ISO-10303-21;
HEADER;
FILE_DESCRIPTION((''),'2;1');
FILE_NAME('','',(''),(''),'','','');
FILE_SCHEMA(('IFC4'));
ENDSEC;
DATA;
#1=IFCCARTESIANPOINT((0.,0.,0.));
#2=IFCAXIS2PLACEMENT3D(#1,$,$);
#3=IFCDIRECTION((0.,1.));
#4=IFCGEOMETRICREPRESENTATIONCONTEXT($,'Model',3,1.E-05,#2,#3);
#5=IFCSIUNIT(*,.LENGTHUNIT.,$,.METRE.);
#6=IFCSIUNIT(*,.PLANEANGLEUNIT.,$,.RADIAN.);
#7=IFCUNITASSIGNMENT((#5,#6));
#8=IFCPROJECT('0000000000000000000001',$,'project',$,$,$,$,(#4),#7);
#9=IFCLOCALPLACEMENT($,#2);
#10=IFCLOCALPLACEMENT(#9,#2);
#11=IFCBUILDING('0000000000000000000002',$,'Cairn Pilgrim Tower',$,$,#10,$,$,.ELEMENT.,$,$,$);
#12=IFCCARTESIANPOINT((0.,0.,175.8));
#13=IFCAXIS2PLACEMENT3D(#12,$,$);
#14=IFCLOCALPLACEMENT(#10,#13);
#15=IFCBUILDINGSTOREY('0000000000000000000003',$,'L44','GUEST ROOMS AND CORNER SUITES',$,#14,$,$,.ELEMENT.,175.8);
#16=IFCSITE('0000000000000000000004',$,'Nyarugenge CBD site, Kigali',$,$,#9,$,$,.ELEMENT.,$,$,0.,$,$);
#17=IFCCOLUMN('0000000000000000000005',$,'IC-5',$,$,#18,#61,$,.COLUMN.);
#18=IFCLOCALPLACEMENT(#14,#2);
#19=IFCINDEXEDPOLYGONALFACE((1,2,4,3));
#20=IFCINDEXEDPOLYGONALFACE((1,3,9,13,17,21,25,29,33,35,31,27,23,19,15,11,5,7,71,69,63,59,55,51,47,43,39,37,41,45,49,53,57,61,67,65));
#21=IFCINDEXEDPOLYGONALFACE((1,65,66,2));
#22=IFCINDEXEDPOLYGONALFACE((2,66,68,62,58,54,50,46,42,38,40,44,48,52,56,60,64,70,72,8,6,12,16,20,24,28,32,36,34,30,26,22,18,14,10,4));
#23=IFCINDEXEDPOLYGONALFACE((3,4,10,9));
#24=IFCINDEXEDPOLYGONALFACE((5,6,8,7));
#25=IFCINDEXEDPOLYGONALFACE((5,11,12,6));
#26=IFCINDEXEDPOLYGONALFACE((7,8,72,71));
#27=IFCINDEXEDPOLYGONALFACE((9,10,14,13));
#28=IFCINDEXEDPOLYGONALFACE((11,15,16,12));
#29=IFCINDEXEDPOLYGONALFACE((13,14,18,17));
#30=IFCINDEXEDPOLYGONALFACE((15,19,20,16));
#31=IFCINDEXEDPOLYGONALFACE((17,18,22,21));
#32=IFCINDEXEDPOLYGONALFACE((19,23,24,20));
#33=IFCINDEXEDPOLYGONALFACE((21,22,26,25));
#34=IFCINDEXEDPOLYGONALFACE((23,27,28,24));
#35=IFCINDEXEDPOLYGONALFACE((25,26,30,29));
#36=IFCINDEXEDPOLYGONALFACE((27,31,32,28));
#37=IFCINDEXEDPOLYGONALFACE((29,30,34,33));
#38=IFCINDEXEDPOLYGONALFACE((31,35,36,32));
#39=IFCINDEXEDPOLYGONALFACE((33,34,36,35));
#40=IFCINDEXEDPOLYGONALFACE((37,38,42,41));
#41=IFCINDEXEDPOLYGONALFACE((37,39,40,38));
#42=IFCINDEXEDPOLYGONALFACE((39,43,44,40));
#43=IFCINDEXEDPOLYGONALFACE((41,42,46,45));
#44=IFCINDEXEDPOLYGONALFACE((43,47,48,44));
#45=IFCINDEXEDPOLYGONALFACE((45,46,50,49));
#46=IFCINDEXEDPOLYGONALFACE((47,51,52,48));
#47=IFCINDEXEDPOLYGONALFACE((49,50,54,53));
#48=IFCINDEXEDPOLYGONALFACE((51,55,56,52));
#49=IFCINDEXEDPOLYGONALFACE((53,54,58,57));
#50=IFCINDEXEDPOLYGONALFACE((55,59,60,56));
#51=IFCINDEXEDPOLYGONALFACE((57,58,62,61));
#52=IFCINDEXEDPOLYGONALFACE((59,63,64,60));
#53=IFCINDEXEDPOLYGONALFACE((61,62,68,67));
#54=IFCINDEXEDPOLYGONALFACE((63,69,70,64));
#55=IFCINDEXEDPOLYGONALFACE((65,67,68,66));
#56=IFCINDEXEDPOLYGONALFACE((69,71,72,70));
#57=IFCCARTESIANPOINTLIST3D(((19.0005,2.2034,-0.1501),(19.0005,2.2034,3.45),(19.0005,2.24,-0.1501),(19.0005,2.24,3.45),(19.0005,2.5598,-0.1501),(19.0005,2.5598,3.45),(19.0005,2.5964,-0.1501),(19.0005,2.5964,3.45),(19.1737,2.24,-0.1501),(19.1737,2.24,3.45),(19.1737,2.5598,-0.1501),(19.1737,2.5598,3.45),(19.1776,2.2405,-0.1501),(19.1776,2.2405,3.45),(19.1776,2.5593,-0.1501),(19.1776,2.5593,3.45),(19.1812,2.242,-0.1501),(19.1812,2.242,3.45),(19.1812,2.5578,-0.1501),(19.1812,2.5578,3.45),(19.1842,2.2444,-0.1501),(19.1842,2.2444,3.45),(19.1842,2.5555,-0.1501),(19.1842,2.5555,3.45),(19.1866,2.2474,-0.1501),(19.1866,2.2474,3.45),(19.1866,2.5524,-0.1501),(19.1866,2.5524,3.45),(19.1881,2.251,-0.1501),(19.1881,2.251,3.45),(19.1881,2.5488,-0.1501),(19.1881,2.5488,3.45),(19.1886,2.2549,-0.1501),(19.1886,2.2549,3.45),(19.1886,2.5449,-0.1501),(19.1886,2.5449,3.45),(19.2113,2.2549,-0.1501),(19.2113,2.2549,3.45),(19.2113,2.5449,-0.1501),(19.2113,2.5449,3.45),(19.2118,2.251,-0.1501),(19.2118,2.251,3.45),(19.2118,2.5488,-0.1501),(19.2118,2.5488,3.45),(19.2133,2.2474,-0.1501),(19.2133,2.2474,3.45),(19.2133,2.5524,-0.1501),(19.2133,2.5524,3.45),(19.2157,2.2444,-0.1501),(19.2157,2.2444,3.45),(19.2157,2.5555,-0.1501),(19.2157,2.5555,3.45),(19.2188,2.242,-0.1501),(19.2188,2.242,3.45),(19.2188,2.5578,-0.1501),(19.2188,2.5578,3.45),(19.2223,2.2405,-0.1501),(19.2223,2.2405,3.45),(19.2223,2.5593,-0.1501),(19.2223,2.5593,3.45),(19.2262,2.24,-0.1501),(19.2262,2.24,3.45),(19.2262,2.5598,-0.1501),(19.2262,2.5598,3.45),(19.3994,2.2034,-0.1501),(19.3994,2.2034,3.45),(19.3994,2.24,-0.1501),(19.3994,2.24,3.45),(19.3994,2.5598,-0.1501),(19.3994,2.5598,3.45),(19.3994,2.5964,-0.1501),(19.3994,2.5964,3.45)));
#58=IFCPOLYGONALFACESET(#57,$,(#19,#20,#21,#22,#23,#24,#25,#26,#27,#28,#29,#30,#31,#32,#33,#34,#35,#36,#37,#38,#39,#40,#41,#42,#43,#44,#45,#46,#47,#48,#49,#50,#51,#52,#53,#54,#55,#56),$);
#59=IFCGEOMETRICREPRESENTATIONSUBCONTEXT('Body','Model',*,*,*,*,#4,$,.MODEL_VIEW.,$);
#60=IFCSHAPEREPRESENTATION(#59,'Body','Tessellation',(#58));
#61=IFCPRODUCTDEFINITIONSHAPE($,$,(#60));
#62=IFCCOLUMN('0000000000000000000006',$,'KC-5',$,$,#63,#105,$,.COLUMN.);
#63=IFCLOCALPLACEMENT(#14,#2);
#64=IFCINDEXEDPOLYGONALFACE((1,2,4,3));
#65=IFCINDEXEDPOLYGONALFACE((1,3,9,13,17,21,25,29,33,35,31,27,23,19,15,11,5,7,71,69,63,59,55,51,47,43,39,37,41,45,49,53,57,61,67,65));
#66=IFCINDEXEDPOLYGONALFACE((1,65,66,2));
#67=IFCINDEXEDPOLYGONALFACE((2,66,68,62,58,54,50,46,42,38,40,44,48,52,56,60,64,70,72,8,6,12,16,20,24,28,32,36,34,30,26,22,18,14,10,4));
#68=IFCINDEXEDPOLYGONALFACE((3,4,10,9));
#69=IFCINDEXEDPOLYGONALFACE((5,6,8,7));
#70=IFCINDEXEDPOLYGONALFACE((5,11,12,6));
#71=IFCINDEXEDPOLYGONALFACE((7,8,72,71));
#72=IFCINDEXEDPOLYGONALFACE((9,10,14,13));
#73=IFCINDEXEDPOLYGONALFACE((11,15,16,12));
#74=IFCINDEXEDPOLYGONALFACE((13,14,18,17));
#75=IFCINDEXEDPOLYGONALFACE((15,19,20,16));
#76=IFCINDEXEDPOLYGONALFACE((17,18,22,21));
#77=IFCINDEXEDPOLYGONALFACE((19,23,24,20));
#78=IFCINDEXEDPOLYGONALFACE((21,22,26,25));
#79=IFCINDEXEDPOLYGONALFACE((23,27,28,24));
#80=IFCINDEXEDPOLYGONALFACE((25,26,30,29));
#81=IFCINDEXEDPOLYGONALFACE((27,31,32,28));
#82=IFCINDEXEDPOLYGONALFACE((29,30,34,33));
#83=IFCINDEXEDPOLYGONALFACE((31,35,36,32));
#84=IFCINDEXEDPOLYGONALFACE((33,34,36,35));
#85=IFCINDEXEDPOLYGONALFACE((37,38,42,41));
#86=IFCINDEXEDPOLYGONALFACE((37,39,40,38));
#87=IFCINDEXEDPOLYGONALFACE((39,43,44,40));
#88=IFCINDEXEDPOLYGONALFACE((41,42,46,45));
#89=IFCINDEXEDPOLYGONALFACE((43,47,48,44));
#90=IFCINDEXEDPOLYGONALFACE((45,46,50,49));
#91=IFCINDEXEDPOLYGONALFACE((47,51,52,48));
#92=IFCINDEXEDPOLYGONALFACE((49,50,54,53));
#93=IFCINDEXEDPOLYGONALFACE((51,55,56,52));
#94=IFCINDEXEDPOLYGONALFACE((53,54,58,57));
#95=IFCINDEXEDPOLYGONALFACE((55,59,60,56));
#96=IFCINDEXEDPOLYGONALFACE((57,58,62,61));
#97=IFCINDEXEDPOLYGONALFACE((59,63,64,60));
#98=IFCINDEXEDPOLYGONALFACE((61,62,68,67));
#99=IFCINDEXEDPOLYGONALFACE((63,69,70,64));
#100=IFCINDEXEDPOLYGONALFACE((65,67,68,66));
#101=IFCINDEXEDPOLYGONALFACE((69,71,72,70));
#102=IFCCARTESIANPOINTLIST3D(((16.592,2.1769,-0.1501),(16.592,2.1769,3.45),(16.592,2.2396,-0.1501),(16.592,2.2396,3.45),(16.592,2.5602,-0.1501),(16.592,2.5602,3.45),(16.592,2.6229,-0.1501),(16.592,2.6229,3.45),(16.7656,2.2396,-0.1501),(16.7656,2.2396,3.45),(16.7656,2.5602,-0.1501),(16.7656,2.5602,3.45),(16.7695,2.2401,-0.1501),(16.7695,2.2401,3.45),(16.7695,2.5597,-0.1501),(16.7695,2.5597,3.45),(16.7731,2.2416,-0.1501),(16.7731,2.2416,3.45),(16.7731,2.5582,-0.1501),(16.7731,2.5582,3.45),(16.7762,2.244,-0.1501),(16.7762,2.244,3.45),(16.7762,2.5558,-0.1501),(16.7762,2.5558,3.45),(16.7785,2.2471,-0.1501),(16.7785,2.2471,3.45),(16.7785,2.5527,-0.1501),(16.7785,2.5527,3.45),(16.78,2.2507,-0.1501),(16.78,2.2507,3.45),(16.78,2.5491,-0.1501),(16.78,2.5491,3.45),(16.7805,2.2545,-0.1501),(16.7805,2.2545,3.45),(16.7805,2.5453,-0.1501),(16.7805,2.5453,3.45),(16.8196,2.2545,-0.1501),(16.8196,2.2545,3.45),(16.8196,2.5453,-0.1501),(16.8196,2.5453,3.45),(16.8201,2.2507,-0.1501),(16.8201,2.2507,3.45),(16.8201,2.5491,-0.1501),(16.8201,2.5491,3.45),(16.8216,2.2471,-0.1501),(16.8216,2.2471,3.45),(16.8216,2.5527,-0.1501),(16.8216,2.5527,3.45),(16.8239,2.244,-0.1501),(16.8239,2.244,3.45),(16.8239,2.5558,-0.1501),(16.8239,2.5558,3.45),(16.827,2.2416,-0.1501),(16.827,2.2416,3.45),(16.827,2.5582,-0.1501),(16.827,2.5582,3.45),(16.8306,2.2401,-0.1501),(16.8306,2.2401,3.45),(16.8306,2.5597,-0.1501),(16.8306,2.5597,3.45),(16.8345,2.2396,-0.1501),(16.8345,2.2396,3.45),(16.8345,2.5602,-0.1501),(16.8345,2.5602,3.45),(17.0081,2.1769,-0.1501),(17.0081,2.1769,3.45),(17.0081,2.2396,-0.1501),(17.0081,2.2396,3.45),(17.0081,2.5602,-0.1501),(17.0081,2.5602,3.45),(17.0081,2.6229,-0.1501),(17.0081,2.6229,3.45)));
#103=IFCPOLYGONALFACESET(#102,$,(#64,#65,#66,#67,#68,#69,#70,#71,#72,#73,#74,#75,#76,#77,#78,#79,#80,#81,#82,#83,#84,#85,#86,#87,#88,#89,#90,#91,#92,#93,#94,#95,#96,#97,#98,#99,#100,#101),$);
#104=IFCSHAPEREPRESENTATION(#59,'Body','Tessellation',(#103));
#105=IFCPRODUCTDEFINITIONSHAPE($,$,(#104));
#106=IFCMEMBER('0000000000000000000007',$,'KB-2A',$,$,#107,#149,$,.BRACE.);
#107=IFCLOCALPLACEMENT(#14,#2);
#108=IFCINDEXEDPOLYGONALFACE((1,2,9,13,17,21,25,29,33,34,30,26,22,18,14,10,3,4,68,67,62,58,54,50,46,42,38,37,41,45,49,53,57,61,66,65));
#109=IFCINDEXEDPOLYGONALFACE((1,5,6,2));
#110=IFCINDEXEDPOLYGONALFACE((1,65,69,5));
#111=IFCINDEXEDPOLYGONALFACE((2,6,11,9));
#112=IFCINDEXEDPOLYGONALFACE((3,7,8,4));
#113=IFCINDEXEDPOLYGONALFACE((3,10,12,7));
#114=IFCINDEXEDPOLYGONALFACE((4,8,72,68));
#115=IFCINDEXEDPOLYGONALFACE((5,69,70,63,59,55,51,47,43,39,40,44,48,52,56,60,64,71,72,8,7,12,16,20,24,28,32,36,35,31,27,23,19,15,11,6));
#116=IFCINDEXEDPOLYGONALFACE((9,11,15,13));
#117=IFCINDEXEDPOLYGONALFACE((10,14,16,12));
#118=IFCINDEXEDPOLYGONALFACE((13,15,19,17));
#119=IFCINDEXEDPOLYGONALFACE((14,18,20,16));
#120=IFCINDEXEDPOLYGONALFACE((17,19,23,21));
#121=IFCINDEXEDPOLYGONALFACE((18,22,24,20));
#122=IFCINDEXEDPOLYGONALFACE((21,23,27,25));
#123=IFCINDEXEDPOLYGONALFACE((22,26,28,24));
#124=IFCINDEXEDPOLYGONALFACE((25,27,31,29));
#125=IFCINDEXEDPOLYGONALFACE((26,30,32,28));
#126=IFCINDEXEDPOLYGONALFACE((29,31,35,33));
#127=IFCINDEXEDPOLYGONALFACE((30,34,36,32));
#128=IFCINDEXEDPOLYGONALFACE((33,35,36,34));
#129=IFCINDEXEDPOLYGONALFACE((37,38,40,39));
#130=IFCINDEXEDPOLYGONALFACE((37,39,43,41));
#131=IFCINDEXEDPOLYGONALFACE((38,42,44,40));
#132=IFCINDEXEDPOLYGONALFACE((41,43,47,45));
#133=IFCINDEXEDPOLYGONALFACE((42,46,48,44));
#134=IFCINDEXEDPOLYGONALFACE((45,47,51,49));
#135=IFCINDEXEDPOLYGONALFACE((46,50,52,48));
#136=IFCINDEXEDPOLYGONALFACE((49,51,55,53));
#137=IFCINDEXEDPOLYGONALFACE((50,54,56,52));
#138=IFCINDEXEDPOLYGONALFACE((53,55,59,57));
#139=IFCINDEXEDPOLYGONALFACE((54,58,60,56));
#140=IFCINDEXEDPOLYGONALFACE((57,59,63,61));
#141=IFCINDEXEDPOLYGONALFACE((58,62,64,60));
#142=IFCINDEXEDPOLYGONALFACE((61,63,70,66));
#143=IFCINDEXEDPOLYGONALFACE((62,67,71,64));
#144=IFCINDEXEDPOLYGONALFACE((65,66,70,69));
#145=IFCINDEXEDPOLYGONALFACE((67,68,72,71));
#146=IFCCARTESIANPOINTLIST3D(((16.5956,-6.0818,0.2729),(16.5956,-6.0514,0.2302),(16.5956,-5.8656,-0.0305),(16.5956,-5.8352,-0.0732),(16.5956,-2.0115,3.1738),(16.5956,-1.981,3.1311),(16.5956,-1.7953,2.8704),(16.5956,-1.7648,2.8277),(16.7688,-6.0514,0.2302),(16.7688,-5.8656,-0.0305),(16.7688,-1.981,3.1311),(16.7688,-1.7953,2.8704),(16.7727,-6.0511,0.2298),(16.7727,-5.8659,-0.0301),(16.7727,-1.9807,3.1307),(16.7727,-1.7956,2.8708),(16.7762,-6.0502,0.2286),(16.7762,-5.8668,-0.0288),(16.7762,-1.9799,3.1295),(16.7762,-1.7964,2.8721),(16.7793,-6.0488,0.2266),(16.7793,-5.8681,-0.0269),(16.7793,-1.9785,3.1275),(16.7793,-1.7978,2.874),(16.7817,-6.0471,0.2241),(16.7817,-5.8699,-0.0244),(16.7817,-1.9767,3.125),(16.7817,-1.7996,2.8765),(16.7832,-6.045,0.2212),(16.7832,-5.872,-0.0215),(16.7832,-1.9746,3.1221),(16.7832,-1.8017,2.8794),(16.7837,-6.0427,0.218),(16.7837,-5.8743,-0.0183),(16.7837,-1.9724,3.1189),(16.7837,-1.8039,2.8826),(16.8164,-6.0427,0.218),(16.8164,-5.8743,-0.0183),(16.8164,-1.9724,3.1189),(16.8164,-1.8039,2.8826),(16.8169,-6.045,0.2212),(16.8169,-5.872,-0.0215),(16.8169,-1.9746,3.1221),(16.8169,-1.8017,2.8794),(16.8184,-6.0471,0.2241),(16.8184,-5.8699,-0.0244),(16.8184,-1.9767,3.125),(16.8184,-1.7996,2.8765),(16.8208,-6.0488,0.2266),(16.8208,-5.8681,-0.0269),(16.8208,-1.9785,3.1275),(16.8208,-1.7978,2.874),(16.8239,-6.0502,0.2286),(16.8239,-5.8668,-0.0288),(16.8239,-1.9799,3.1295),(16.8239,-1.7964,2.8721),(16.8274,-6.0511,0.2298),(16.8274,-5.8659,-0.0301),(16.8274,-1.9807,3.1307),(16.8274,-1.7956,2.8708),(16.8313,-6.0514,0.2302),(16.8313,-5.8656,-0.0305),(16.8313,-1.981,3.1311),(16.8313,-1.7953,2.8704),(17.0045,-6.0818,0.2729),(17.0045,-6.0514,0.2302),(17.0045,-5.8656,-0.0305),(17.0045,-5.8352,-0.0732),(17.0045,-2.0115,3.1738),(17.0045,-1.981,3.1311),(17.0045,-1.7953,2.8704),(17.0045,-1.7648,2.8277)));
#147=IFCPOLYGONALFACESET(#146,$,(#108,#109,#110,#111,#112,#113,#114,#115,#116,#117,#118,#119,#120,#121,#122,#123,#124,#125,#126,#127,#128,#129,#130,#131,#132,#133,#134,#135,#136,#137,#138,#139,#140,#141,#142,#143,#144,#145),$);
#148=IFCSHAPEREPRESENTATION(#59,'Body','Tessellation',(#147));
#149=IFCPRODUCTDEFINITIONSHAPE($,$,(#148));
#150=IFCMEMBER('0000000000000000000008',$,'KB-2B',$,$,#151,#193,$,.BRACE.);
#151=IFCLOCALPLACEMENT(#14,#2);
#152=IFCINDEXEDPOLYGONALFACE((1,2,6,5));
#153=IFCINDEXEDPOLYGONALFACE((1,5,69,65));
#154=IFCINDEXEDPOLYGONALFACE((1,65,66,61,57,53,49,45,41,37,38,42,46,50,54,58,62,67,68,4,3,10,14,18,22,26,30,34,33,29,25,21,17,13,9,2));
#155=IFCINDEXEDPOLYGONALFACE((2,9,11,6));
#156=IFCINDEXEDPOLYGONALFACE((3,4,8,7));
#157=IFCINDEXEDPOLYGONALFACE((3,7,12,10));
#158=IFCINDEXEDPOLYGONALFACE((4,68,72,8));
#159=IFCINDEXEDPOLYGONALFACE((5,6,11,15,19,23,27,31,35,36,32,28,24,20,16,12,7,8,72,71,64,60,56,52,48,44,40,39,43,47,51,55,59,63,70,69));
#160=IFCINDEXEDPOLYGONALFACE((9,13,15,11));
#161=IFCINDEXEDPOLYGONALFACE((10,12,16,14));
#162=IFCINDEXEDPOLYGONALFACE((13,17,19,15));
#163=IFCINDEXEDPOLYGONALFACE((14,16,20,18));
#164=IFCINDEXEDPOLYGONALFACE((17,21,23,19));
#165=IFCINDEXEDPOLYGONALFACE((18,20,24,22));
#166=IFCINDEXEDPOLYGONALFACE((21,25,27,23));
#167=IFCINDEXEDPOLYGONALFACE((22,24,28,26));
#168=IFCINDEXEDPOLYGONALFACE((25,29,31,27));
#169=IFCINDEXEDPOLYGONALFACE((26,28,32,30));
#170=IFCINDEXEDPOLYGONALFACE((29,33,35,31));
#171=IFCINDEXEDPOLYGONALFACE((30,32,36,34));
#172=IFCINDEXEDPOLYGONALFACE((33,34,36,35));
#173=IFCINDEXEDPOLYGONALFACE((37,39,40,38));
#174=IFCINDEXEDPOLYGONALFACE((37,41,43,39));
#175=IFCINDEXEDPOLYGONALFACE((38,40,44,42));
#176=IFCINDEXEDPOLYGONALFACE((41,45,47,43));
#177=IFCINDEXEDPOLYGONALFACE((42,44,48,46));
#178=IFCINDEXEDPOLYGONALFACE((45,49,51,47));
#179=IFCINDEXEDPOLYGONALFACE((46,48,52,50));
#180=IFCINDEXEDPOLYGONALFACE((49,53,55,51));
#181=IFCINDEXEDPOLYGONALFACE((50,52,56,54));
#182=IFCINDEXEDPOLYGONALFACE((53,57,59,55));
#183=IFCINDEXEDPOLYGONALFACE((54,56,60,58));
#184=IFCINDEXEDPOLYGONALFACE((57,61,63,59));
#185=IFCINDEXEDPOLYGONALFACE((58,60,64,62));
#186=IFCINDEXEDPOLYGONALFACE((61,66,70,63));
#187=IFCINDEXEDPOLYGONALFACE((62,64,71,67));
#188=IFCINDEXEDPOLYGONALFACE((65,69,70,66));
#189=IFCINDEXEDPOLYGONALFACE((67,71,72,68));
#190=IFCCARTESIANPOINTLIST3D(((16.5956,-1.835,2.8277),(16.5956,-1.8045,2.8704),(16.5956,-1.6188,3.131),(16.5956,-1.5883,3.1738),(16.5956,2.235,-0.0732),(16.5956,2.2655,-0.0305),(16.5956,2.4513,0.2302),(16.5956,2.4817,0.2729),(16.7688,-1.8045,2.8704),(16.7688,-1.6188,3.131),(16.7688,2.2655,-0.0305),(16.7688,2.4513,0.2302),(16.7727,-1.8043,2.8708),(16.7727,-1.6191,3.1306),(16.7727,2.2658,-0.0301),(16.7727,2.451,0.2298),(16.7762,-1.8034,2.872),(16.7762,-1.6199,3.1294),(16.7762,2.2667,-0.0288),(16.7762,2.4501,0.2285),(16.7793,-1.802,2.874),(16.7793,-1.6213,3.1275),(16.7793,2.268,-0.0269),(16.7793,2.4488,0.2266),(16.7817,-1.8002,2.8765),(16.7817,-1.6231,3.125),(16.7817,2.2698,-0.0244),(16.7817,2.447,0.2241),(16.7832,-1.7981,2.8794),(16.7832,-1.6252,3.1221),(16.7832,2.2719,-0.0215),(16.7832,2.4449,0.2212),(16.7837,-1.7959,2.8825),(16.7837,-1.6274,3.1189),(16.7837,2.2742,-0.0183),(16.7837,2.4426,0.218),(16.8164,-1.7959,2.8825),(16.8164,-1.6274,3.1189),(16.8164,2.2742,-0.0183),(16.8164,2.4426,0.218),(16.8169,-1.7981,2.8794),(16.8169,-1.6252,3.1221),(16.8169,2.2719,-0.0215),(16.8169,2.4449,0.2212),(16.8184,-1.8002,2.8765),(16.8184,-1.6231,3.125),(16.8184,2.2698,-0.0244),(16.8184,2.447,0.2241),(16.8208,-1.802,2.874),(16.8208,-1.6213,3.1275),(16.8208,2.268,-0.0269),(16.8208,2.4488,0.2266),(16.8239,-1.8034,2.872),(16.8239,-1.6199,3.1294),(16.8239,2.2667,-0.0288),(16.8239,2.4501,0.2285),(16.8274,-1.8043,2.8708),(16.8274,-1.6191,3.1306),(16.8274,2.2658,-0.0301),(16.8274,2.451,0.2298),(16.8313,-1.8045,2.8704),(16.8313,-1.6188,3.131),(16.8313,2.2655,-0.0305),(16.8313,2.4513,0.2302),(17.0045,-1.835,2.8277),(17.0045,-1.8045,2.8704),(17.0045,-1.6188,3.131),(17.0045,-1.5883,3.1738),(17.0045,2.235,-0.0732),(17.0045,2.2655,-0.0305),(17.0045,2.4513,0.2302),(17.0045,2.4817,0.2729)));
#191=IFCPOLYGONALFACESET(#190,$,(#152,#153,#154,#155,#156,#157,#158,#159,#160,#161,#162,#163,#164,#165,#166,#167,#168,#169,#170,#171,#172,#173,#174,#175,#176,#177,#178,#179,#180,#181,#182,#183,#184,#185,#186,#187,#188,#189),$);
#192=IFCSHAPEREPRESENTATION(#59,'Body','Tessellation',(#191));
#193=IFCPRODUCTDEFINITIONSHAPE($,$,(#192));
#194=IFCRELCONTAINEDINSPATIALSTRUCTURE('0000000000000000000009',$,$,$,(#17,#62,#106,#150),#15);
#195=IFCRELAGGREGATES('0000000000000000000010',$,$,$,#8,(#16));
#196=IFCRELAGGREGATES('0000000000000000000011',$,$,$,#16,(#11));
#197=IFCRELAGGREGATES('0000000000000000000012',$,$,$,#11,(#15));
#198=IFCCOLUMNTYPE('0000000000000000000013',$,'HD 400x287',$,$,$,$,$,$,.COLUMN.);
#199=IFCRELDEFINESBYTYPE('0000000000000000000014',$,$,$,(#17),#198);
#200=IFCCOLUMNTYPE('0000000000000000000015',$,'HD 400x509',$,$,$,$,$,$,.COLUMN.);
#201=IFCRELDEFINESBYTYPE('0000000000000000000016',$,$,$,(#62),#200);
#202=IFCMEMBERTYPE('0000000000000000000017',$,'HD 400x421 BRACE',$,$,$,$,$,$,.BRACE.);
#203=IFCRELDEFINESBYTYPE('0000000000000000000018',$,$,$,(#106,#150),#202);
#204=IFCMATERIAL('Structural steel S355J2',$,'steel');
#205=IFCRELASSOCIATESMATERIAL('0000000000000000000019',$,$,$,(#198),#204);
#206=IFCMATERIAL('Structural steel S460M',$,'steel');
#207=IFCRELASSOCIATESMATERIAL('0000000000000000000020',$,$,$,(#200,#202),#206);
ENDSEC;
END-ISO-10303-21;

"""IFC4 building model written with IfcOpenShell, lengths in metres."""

from ifc_helpers import new_model, si_unit, direction, frame, origin, origin_2d, place, context, subcontext, project, spatial, i_section, extrude, material, material_profile, profile_set, type_object, element, save


model = new_model("IFC4")

# Units and contexts
model_context = context("Model", 3, precision=1e-05, world=origin(), true_north=direction((0.0, 1.0)))
body_context = subcontext(model_context, "Body", "Model", "MODEL_VIEW")
ifc_project = project(units=[si_unit("LENGTHUNIT", "METRE"), si_unit("PLANEANGLEUNIT", "RADIAN")], contexts=[model_context])

# Site, building, storey
site_placement = place(None, origin())
site = spatial("IfcSite", under=ifc_project, at=site_placement, Name="Nyarugenge CBD site, Kigali", CompositionType="ELEMENT", RefElevation=0.0)
building_placement = place(site_placement, origin())
building = spatial("IfcBuilding", under=site, at=building_placement, Name="Cairn Pilgrim Tower", CompositionType="ELEMENT")
storey_placement = place(building_placement, frame((0.0, 0.0, 175.8)))
storey = spatial("IfcBuildingStorey", under=building, at=storey_placement, Name="L44", Description="GUEST ROOMS AND CORNER SUITES", CompositionType="ELEMENT", Elevation=175.8)

# Columns
ifc_material_1 = material(Name="Structural steel S355J2", Category="steel")
ifc_material_profile_1 = material_profile(ifc_material_1, i_section(OverallWidth=0.3989, OverallDepth=0.3931, WebThickness=0.0227, FlangeThickness=0.0366, FilletRadius=0.0149, at=origin_2d()), Name="HD 400x287")
ifc_profile_set_1 = profile_set([ifc_material_profile_1], Name="Structural steel S355J2")
column_type_1 = type_object("IfcColumnType", Name="HD 400x287", PredefinedType="COLUMN", material=ifc_profile_set_1)
column_1_placement = place(storey_placement, frame((19.2, 2.3999, -0.1501), z_axis=(0.0, 0.0, 1.0), x_axis=(1.0, 0.0, 0.0)))
element("IfcColumn", 1, at=column_1_placement, inside=storey, type_object=column_type_1, Name="IC-5", PredefinedType="COLUMN", context=body_context, shape_type="SweptSolid", body=[
    extrude(i_section(OverallWidth=0.3989, OverallDepth=0.3931, WebThickness=0.0227, FlangeThickness=0.0366, FilletRadius=0.0149, at=origin_2d()), origin(), (0.0, 0.0, 1.0), 3.6001),
])
ifc_material_2 = material(Name="Structural steel S460M", Category="steel")
ifc_material_profile_2 = material_profile(ifc_material_2, i_section(OverallWidth=0.416, OverallDepth=0.446, WebThickness=0.0391, FlangeThickness=0.0627, FilletRadius=0.0149, at=origin_2d()), Name="HD 400x509")
ifc_profile_set_2 = profile_set([ifc_material_profile_2], Name="Structural steel S460M")
column_type_2 = type_object("IfcColumnType", Name="HD 400x509", PredefinedType="COLUMN", material=ifc_profile_set_2)
column_2_placement = place(storey_placement, frame((16.8, 2.3999, -0.1501), z_axis=(0.0, 0.0, 1.0), x_axis=(1.0, 0.0, 0.0)))
element("IfcColumn", 2, at=column_2_placement, inside=storey, type_object=column_type_2, Name="KC-5", PredefinedType="COLUMN", context=body_context, shape_type="SweptSolid", body=[
    extrude(i_section(OverallWidth=0.416, OverallDepth=0.446, WebThickness=0.0391, FlangeThickness=0.0627, FilletRadius=0.0149, at=origin_2d()), origin(), (0.0, 0.0, 1.0), 3.6001),
])

# Members
ifc_material_profile_3 = material_profile(ifc_material_2, i_section(OverallWidth=0.4089, OverallDepth=0.425, WebThickness=0.0327, FlangeThickness=0.0525, FilletRadius=0.0149, at=origin_2d()), Name="HD 400x421")
ifc_profile_set_3 = profile_set([ifc_material_profile_3], Name="Structural steel S460M")
member_type = type_object("IfcMemberType", Name="HD 400x421 BRACE", PredefinedType="BRACE", material=ifc_profile_set_3)
member_1_placement = place(storey_placement, frame((16.8, -5.9585, 0.0999), z_axis=(0.0, 0.814347, 0.580378), x_axis=(-1.0, 0.0, 0.0)))
element("IfcMember", 3, at=member_1_placement, inside=storey, type_object=member_type, Name="KB-2A", PredefinedType="BRACE", context=body_context, shape_type="SweptSolid", body=[
    extrude(i_section(OverallWidth=0.4089, OverallDepth=0.425, WebThickness=0.0327, FlangeThickness=0.0525, FilletRadius=0.0149, at=origin_2d()), origin(), (0.0, 0.0, 1.0), 4.9983),
])
member_2_placement = place(storey_placement, frame((16.8, 2.3584, 0.0999), z_axis=(0.0, -0.81433, 0.580402), x_axis=(1.0, 0.0, 0.0)))
element("IfcMember", 4, at=member_2_placement, inside=storey, type_object=member_type, Name="KB-2B", PredefinedType="BRACE", context=body_context, shape_type="SweptSolid", body=[
    extrude(i_section(OverallWidth=0.4089, OverallDepth=0.425, WebThickness=0.0327, FlangeThickness=0.0525, FilletRadius=0.0149, at=origin_2d()), origin(), (0.0, 0.0, 1.0), 4.998),
])

save(model, "model.ifc")
